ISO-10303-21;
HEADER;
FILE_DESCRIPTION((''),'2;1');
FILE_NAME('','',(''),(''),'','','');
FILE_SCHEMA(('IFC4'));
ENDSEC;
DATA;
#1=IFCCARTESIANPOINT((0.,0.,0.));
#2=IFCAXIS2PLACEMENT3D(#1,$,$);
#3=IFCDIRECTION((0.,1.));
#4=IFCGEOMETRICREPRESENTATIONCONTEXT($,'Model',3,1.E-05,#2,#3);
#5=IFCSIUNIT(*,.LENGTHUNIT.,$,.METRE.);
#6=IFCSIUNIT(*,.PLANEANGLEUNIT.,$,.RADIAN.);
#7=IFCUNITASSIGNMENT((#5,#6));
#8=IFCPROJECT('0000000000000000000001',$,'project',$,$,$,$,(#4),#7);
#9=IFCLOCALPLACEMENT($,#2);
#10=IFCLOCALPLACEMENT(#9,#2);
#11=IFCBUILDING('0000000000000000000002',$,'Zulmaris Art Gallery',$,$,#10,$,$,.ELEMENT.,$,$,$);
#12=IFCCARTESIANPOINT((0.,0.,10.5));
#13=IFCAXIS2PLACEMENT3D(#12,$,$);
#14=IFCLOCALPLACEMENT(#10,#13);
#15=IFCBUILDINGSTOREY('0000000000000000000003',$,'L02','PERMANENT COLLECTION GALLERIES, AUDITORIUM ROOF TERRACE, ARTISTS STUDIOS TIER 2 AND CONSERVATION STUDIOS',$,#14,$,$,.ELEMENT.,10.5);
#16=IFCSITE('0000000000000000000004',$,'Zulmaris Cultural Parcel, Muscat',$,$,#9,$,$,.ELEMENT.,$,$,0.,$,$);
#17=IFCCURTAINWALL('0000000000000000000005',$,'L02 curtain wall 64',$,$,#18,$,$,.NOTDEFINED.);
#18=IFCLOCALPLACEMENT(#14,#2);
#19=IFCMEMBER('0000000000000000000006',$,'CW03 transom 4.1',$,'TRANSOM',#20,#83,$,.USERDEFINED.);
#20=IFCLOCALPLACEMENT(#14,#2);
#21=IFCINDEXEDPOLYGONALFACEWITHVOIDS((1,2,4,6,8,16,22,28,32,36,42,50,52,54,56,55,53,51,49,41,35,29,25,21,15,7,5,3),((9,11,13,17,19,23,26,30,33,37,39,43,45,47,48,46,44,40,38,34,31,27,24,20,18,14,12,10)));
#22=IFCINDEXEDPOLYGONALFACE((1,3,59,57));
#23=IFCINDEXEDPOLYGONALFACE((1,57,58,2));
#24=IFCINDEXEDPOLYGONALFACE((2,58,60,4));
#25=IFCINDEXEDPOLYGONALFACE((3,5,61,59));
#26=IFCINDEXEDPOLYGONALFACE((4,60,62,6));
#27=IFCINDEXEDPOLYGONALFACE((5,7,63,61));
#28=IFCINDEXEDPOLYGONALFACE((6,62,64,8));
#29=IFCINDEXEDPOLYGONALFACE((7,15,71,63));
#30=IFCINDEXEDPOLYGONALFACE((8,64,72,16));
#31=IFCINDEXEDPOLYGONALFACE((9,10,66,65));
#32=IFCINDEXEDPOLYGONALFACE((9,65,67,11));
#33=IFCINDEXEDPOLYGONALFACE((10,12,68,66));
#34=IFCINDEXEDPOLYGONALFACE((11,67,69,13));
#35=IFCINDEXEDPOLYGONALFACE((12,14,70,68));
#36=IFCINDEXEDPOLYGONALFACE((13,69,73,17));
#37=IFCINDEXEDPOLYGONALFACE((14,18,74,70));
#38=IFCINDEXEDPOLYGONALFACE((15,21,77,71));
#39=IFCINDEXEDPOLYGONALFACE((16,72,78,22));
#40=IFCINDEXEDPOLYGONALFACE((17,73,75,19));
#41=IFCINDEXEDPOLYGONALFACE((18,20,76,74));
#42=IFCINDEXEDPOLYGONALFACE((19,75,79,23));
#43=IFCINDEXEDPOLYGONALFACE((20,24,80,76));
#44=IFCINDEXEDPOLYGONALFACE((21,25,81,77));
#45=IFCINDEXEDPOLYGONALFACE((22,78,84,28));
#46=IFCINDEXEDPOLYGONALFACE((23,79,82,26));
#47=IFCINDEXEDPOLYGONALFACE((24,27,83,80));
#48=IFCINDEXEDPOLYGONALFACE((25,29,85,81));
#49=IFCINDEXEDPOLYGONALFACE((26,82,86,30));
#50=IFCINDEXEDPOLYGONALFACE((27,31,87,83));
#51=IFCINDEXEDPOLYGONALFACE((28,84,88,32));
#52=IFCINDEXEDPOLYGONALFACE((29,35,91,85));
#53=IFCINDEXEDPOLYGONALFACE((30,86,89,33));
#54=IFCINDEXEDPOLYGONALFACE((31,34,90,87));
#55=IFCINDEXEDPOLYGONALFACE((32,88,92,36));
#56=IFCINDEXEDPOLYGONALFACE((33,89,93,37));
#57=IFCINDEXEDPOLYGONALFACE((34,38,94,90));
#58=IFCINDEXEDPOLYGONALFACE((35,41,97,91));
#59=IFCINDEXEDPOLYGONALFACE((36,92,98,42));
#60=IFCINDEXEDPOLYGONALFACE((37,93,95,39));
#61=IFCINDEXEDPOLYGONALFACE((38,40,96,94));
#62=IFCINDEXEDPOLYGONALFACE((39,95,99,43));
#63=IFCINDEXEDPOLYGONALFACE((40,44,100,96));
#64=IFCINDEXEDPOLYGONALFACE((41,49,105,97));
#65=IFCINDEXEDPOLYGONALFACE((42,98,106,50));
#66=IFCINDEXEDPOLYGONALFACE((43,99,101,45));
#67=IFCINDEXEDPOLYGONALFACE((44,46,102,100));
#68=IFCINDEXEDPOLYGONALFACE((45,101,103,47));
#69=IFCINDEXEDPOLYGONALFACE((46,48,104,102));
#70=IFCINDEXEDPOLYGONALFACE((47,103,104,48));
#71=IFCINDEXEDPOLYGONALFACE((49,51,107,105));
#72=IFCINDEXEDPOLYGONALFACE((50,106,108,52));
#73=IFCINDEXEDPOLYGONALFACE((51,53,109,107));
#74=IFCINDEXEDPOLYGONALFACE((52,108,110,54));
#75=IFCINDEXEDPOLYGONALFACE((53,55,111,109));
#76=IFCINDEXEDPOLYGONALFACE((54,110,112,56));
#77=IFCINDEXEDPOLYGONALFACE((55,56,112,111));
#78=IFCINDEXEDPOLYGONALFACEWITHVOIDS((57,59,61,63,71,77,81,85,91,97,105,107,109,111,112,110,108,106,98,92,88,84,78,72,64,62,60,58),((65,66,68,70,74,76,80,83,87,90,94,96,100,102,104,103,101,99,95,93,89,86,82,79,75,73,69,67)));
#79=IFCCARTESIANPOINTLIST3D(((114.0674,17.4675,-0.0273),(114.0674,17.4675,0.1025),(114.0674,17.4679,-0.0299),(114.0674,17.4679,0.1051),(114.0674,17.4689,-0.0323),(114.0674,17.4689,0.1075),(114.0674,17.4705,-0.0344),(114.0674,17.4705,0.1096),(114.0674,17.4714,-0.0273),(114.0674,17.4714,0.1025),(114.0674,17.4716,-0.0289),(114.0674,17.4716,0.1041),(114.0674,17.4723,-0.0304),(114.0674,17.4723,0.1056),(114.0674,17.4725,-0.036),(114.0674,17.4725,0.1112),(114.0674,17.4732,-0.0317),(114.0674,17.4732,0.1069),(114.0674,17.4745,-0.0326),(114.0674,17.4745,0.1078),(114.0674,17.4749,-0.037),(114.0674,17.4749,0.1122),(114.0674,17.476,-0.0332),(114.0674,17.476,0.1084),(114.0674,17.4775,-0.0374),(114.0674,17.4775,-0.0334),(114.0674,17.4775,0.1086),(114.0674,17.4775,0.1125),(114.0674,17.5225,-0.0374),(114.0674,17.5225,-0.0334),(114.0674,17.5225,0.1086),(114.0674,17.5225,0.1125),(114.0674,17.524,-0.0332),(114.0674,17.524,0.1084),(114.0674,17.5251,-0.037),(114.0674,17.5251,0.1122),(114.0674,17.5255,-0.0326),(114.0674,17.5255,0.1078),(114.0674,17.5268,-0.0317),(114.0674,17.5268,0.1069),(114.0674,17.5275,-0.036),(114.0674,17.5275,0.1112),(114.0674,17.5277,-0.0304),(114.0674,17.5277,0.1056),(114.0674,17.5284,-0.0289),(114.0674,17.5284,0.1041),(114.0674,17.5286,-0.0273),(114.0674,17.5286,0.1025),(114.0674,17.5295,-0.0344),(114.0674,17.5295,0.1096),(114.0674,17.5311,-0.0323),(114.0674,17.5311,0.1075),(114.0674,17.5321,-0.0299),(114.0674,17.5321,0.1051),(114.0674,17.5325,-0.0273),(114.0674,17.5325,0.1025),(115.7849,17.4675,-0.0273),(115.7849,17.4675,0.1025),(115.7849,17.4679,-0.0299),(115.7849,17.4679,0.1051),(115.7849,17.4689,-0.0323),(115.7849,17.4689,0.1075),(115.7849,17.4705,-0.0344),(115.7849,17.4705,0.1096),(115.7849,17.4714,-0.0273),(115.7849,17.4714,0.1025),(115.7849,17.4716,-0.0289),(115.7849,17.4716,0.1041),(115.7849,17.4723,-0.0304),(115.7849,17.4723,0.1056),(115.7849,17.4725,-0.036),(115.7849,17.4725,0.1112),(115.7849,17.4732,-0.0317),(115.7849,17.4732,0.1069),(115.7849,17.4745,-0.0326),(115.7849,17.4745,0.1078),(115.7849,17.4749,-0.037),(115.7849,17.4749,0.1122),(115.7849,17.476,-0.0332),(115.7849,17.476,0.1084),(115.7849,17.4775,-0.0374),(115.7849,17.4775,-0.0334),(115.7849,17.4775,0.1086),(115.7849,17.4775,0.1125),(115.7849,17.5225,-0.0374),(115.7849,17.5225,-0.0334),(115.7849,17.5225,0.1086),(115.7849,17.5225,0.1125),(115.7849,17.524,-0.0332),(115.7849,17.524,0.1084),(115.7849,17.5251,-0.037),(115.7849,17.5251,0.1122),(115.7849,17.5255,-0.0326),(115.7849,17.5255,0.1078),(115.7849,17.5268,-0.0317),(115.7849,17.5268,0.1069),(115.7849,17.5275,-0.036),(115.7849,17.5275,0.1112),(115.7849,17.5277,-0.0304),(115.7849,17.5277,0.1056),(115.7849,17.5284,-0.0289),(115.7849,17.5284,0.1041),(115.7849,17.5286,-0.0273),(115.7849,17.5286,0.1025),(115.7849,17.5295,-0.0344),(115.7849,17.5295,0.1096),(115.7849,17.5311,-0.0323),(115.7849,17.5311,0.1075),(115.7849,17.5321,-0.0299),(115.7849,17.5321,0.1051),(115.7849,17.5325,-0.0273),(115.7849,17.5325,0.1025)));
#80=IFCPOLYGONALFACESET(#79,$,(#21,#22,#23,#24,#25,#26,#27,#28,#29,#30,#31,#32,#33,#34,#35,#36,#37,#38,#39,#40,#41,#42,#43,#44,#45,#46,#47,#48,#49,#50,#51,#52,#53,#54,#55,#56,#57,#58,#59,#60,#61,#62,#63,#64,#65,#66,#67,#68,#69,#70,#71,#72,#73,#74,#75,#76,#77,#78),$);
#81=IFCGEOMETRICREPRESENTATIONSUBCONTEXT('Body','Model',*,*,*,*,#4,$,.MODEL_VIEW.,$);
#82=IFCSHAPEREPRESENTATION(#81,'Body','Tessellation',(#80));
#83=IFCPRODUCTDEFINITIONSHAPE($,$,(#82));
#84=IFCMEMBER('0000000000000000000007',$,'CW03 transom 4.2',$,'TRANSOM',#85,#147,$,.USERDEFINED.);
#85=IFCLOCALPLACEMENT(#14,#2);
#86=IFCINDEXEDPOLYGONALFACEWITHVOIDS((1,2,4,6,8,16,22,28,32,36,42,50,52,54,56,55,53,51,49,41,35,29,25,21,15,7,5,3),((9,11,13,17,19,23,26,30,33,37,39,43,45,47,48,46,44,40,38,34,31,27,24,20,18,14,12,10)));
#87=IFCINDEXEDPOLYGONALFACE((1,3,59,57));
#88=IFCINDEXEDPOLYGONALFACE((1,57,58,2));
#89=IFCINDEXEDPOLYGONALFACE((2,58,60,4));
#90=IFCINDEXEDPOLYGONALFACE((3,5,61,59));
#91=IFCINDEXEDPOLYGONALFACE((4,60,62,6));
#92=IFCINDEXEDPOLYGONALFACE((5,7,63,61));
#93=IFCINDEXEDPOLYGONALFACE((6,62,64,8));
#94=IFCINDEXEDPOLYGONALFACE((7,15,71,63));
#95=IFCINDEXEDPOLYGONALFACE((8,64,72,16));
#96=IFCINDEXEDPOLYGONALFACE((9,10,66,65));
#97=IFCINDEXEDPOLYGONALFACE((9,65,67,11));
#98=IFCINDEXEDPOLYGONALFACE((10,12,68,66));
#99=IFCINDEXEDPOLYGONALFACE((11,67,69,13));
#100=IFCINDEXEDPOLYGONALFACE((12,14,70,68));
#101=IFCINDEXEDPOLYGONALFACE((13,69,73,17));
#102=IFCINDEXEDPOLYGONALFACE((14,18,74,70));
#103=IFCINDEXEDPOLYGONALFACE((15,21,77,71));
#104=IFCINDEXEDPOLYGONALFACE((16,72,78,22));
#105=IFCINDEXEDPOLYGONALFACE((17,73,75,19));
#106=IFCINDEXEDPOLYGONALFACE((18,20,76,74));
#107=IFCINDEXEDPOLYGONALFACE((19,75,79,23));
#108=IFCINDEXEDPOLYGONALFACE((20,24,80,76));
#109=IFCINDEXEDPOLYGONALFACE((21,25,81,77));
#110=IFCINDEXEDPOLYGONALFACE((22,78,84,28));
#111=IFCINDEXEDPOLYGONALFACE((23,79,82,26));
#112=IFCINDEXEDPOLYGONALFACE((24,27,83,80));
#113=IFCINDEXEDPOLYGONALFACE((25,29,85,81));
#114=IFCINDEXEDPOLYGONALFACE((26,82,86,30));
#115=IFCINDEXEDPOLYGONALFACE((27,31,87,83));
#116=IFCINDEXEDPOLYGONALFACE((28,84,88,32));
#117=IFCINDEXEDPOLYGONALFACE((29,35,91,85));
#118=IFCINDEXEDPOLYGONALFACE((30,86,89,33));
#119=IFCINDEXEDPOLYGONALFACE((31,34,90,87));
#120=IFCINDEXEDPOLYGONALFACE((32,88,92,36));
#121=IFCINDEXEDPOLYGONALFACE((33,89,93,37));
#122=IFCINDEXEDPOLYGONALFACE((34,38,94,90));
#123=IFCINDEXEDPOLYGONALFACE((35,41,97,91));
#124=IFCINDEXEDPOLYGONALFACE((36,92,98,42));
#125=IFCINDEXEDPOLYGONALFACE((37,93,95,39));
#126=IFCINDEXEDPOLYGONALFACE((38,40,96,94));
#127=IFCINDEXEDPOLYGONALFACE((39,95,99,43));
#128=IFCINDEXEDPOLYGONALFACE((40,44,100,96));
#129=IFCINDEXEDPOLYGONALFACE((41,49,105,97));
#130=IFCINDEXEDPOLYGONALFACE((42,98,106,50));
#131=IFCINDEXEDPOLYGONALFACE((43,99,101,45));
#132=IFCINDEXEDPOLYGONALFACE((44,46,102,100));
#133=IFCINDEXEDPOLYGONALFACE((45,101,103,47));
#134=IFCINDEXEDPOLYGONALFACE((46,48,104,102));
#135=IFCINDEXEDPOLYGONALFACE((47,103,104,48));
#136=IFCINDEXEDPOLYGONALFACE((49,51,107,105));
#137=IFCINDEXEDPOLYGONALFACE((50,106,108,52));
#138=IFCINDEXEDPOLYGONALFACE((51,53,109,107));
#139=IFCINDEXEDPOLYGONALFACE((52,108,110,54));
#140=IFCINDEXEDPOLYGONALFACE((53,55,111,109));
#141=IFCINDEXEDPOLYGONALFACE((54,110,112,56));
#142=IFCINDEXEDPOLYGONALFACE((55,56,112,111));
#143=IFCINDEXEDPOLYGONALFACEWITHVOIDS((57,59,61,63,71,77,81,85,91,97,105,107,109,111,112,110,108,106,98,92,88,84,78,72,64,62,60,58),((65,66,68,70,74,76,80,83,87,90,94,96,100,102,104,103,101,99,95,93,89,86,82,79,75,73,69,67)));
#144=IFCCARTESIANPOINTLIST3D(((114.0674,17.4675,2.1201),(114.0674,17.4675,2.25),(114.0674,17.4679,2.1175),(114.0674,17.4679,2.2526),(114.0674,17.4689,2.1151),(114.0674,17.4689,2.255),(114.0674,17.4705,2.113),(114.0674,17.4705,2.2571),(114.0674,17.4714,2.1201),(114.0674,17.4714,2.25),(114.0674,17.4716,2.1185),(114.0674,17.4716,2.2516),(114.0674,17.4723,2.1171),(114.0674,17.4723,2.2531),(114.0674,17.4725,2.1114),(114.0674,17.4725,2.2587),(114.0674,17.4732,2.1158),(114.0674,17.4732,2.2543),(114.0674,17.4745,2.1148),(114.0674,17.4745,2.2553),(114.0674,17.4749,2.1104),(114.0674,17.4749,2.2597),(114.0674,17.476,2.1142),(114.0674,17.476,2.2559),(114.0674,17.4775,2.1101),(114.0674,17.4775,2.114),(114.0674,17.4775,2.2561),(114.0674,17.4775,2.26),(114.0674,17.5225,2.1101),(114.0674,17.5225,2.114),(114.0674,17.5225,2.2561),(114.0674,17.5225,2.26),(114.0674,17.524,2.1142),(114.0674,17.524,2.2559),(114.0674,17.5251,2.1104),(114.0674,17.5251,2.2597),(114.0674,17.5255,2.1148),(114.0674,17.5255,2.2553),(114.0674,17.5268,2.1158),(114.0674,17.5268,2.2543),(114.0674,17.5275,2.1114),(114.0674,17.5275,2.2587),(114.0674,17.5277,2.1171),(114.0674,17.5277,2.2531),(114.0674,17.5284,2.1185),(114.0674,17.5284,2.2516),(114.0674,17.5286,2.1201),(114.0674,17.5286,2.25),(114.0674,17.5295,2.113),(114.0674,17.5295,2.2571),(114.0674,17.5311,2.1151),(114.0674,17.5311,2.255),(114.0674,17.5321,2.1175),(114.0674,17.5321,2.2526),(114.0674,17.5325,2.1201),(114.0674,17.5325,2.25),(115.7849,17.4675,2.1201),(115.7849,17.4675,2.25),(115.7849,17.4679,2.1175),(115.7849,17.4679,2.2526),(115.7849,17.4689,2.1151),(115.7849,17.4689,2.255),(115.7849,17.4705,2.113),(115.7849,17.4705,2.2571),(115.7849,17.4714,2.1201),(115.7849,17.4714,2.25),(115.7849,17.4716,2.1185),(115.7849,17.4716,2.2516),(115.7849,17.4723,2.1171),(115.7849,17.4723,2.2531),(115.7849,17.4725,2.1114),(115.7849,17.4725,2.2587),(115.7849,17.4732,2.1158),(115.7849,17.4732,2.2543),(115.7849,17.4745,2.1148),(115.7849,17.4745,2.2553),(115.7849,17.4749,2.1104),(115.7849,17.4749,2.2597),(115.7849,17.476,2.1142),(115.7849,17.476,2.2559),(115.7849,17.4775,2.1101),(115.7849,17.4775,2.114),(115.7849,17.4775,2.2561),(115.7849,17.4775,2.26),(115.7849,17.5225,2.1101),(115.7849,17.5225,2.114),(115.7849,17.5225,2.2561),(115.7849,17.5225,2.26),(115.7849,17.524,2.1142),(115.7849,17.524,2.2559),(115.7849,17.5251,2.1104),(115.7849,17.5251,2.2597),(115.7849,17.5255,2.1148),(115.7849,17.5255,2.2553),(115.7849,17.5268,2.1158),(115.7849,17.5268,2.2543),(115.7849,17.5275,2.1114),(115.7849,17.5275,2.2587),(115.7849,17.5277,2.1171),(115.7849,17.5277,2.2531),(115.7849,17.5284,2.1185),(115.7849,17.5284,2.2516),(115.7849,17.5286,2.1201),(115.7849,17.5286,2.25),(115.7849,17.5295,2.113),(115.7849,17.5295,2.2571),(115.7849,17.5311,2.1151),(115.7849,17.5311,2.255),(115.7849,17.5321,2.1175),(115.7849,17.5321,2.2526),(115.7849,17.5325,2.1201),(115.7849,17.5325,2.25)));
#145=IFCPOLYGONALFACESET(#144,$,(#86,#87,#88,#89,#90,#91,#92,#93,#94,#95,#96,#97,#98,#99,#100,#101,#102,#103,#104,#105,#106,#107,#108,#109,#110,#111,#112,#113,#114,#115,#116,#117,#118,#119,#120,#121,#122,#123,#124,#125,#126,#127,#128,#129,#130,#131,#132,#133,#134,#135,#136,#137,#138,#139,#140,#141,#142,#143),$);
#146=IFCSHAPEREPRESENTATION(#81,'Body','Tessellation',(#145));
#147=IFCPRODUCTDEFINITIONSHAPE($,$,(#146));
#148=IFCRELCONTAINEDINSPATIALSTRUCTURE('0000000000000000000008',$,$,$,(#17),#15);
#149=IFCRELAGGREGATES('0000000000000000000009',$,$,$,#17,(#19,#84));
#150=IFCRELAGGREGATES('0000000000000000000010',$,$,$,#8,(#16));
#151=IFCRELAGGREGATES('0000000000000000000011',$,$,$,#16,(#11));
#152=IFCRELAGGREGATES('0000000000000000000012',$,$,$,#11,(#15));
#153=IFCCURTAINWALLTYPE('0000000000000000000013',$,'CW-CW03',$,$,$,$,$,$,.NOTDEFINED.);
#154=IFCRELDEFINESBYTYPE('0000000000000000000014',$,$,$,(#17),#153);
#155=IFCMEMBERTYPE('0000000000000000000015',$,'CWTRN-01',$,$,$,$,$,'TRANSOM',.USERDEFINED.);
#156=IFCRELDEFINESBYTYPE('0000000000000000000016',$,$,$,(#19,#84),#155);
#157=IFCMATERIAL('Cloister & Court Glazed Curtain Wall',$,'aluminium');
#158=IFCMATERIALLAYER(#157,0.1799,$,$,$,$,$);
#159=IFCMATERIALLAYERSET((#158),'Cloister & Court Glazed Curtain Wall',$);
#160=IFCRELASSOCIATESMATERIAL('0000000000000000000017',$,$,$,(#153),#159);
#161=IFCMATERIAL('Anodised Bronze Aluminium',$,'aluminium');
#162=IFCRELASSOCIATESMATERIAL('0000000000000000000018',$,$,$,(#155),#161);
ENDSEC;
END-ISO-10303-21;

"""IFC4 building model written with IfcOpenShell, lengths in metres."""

from ifc_helpers import new_model, si_unit, direction, frame, origin, origin_2d, place, context, subcontext, project, spatial, hollow_rectangle, extrude, material, layer, layer_set, material_profile, profile_set, type_object, element, aggregate, save


model = new_model("IFC4")

# Units and contexts
model_context = context("Model", 3, precision=1e-05, world=origin(), true_north=direction((0.0, 1.0)))
body_context = subcontext(model_context, "Body", "Model", "MODEL_VIEW")
ifc_project = project(units=[si_unit("LENGTHUNIT", "METRE"), si_unit("PLANEANGLEUNIT", "RADIAN")], contexts=[model_context])

# Site, building, storey
site_placement = place(None, origin())
site = spatial("IfcSite", under=ifc_project, at=site_placement, Name="Zulmaris Cultural Parcel, Muscat", CompositionType="ELEMENT", RefElevation=0.0)
building_placement = place(site_placement, origin())
building = spatial("IfcBuilding", under=site, at=building_placement, Name="Zulmaris Art Gallery", CompositionType="ELEMENT")
storey_placement = place(building_placement, frame((0.0, 0.0, 10.5)))
storey = spatial("IfcBuildingStorey", under=building, at=storey_placement, Name="L02", Description="PERMANENT COLLECTION GALLERIES, AUDITORIUM ROOF TERRACE, ARTISTS STUDIOS TIER 2 AND CONSERVATION STUDIOS", CompositionType="ELEMENT", Elevation=10.5)

# Curtain wall
ifc_material_1 = material(Name="Cloister & Court Glazed Curtain Wall", Category="aluminium")
ifc_layer_1 = layer(ifc_material_1, 0.1799)
ifc_layer_set_1 = layer_set([ifc_layer_1], Name="Cloister & Court Glazed Curtain Wall")
curtain_wall_type = type_object("IfcCurtainWallType", Name="CW-CW03", PredefinedType="NOTDEFINED", material=ifc_layer_set_1)
curtain_wall_1_placement = place(storey_placement, origin())
curtain_wall_1 = element("IfcCurtainWall", 1, at=curtain_wall_1_placement, inside=storey, type_object=curtain_wall_type, Name="L02 curtain wall 64", PredefinedType="NOTDEFINED")
ifc_material_2 = material(Name="Anodised Bronze Aluminium", Category="aluminium")

# Members
ifc_material_profile_1 = material_profile(ifc_material_2, hollow_rectangle(XDim=0.0649, YDim=0.1499, WallThickness=0.0039, InnerFilletRadius=0.0061, OuterFilletRadius=0.01, at=origin_2d()), Name="ALU 65x150x4")
ifc_profile_set_1 = profile_set([ifc_material_profile_1], Name="Anodised Bronze Aluminium")
member_type_1 = type_object("IfcMemberType", Name="CWTRN-01", ElementType="TRANSOM", PredefinedType="USERDEFINED", material=ifc_profile_set_1)
member_1_placement = place(storey_placement, frame((114.0674, 17.5, 0.0376), z_axis=(1.0, 0.0, 0.0), x_axis=(0.0, 1.0, 0.0)))
member_1 = element("IfcMember", 2, at=member_1_placement, type_object=member_type_1, Name="CW03 transom 4.1", ObjectType="TRANSOM", PredefinedType="USERDEFINED", context=body_context, shape_type="SweptSolid", body=[
    extrude(hollow_rectangle(XDim=0.0649, YDim=0.1499, WallThickness=0.0039, InnerFilletRadius=0.0061, OuterFilletRadius=0.01, at=origin_2d()), origin(), (0.0, 0.0, 1.0), 1.7175),
])
member_2_placement = place(storey_placement, frame((114.0674, 17.5, 2.1851), z_axis=(1.0, 0.0, 0.0), x_axis=(0.0, 1.0, 0.0)))
member_2 = element("IfcMember", 3, at=member_2_placement, type_object=member_type_1, Name="CW03 transom 4.2", ObjectType="TRANSOM", PredefinedType="USERDEFINED", context=body_context, shape_type="SweptSolid", body=[
    extrude(hollow_rectangle(XDim=0.0649, YDim=0.1499, WallThickness=0.0039, InnerFilletRadius=0.0061, OuterFilletRadius=0.01, at=origin_2d()), origin(), (0.0, 0.0, 1.0), 1.7175),
])

aggregate(curtain_wall_1, [member_1, member_2])

save(model, "model.ifc")
